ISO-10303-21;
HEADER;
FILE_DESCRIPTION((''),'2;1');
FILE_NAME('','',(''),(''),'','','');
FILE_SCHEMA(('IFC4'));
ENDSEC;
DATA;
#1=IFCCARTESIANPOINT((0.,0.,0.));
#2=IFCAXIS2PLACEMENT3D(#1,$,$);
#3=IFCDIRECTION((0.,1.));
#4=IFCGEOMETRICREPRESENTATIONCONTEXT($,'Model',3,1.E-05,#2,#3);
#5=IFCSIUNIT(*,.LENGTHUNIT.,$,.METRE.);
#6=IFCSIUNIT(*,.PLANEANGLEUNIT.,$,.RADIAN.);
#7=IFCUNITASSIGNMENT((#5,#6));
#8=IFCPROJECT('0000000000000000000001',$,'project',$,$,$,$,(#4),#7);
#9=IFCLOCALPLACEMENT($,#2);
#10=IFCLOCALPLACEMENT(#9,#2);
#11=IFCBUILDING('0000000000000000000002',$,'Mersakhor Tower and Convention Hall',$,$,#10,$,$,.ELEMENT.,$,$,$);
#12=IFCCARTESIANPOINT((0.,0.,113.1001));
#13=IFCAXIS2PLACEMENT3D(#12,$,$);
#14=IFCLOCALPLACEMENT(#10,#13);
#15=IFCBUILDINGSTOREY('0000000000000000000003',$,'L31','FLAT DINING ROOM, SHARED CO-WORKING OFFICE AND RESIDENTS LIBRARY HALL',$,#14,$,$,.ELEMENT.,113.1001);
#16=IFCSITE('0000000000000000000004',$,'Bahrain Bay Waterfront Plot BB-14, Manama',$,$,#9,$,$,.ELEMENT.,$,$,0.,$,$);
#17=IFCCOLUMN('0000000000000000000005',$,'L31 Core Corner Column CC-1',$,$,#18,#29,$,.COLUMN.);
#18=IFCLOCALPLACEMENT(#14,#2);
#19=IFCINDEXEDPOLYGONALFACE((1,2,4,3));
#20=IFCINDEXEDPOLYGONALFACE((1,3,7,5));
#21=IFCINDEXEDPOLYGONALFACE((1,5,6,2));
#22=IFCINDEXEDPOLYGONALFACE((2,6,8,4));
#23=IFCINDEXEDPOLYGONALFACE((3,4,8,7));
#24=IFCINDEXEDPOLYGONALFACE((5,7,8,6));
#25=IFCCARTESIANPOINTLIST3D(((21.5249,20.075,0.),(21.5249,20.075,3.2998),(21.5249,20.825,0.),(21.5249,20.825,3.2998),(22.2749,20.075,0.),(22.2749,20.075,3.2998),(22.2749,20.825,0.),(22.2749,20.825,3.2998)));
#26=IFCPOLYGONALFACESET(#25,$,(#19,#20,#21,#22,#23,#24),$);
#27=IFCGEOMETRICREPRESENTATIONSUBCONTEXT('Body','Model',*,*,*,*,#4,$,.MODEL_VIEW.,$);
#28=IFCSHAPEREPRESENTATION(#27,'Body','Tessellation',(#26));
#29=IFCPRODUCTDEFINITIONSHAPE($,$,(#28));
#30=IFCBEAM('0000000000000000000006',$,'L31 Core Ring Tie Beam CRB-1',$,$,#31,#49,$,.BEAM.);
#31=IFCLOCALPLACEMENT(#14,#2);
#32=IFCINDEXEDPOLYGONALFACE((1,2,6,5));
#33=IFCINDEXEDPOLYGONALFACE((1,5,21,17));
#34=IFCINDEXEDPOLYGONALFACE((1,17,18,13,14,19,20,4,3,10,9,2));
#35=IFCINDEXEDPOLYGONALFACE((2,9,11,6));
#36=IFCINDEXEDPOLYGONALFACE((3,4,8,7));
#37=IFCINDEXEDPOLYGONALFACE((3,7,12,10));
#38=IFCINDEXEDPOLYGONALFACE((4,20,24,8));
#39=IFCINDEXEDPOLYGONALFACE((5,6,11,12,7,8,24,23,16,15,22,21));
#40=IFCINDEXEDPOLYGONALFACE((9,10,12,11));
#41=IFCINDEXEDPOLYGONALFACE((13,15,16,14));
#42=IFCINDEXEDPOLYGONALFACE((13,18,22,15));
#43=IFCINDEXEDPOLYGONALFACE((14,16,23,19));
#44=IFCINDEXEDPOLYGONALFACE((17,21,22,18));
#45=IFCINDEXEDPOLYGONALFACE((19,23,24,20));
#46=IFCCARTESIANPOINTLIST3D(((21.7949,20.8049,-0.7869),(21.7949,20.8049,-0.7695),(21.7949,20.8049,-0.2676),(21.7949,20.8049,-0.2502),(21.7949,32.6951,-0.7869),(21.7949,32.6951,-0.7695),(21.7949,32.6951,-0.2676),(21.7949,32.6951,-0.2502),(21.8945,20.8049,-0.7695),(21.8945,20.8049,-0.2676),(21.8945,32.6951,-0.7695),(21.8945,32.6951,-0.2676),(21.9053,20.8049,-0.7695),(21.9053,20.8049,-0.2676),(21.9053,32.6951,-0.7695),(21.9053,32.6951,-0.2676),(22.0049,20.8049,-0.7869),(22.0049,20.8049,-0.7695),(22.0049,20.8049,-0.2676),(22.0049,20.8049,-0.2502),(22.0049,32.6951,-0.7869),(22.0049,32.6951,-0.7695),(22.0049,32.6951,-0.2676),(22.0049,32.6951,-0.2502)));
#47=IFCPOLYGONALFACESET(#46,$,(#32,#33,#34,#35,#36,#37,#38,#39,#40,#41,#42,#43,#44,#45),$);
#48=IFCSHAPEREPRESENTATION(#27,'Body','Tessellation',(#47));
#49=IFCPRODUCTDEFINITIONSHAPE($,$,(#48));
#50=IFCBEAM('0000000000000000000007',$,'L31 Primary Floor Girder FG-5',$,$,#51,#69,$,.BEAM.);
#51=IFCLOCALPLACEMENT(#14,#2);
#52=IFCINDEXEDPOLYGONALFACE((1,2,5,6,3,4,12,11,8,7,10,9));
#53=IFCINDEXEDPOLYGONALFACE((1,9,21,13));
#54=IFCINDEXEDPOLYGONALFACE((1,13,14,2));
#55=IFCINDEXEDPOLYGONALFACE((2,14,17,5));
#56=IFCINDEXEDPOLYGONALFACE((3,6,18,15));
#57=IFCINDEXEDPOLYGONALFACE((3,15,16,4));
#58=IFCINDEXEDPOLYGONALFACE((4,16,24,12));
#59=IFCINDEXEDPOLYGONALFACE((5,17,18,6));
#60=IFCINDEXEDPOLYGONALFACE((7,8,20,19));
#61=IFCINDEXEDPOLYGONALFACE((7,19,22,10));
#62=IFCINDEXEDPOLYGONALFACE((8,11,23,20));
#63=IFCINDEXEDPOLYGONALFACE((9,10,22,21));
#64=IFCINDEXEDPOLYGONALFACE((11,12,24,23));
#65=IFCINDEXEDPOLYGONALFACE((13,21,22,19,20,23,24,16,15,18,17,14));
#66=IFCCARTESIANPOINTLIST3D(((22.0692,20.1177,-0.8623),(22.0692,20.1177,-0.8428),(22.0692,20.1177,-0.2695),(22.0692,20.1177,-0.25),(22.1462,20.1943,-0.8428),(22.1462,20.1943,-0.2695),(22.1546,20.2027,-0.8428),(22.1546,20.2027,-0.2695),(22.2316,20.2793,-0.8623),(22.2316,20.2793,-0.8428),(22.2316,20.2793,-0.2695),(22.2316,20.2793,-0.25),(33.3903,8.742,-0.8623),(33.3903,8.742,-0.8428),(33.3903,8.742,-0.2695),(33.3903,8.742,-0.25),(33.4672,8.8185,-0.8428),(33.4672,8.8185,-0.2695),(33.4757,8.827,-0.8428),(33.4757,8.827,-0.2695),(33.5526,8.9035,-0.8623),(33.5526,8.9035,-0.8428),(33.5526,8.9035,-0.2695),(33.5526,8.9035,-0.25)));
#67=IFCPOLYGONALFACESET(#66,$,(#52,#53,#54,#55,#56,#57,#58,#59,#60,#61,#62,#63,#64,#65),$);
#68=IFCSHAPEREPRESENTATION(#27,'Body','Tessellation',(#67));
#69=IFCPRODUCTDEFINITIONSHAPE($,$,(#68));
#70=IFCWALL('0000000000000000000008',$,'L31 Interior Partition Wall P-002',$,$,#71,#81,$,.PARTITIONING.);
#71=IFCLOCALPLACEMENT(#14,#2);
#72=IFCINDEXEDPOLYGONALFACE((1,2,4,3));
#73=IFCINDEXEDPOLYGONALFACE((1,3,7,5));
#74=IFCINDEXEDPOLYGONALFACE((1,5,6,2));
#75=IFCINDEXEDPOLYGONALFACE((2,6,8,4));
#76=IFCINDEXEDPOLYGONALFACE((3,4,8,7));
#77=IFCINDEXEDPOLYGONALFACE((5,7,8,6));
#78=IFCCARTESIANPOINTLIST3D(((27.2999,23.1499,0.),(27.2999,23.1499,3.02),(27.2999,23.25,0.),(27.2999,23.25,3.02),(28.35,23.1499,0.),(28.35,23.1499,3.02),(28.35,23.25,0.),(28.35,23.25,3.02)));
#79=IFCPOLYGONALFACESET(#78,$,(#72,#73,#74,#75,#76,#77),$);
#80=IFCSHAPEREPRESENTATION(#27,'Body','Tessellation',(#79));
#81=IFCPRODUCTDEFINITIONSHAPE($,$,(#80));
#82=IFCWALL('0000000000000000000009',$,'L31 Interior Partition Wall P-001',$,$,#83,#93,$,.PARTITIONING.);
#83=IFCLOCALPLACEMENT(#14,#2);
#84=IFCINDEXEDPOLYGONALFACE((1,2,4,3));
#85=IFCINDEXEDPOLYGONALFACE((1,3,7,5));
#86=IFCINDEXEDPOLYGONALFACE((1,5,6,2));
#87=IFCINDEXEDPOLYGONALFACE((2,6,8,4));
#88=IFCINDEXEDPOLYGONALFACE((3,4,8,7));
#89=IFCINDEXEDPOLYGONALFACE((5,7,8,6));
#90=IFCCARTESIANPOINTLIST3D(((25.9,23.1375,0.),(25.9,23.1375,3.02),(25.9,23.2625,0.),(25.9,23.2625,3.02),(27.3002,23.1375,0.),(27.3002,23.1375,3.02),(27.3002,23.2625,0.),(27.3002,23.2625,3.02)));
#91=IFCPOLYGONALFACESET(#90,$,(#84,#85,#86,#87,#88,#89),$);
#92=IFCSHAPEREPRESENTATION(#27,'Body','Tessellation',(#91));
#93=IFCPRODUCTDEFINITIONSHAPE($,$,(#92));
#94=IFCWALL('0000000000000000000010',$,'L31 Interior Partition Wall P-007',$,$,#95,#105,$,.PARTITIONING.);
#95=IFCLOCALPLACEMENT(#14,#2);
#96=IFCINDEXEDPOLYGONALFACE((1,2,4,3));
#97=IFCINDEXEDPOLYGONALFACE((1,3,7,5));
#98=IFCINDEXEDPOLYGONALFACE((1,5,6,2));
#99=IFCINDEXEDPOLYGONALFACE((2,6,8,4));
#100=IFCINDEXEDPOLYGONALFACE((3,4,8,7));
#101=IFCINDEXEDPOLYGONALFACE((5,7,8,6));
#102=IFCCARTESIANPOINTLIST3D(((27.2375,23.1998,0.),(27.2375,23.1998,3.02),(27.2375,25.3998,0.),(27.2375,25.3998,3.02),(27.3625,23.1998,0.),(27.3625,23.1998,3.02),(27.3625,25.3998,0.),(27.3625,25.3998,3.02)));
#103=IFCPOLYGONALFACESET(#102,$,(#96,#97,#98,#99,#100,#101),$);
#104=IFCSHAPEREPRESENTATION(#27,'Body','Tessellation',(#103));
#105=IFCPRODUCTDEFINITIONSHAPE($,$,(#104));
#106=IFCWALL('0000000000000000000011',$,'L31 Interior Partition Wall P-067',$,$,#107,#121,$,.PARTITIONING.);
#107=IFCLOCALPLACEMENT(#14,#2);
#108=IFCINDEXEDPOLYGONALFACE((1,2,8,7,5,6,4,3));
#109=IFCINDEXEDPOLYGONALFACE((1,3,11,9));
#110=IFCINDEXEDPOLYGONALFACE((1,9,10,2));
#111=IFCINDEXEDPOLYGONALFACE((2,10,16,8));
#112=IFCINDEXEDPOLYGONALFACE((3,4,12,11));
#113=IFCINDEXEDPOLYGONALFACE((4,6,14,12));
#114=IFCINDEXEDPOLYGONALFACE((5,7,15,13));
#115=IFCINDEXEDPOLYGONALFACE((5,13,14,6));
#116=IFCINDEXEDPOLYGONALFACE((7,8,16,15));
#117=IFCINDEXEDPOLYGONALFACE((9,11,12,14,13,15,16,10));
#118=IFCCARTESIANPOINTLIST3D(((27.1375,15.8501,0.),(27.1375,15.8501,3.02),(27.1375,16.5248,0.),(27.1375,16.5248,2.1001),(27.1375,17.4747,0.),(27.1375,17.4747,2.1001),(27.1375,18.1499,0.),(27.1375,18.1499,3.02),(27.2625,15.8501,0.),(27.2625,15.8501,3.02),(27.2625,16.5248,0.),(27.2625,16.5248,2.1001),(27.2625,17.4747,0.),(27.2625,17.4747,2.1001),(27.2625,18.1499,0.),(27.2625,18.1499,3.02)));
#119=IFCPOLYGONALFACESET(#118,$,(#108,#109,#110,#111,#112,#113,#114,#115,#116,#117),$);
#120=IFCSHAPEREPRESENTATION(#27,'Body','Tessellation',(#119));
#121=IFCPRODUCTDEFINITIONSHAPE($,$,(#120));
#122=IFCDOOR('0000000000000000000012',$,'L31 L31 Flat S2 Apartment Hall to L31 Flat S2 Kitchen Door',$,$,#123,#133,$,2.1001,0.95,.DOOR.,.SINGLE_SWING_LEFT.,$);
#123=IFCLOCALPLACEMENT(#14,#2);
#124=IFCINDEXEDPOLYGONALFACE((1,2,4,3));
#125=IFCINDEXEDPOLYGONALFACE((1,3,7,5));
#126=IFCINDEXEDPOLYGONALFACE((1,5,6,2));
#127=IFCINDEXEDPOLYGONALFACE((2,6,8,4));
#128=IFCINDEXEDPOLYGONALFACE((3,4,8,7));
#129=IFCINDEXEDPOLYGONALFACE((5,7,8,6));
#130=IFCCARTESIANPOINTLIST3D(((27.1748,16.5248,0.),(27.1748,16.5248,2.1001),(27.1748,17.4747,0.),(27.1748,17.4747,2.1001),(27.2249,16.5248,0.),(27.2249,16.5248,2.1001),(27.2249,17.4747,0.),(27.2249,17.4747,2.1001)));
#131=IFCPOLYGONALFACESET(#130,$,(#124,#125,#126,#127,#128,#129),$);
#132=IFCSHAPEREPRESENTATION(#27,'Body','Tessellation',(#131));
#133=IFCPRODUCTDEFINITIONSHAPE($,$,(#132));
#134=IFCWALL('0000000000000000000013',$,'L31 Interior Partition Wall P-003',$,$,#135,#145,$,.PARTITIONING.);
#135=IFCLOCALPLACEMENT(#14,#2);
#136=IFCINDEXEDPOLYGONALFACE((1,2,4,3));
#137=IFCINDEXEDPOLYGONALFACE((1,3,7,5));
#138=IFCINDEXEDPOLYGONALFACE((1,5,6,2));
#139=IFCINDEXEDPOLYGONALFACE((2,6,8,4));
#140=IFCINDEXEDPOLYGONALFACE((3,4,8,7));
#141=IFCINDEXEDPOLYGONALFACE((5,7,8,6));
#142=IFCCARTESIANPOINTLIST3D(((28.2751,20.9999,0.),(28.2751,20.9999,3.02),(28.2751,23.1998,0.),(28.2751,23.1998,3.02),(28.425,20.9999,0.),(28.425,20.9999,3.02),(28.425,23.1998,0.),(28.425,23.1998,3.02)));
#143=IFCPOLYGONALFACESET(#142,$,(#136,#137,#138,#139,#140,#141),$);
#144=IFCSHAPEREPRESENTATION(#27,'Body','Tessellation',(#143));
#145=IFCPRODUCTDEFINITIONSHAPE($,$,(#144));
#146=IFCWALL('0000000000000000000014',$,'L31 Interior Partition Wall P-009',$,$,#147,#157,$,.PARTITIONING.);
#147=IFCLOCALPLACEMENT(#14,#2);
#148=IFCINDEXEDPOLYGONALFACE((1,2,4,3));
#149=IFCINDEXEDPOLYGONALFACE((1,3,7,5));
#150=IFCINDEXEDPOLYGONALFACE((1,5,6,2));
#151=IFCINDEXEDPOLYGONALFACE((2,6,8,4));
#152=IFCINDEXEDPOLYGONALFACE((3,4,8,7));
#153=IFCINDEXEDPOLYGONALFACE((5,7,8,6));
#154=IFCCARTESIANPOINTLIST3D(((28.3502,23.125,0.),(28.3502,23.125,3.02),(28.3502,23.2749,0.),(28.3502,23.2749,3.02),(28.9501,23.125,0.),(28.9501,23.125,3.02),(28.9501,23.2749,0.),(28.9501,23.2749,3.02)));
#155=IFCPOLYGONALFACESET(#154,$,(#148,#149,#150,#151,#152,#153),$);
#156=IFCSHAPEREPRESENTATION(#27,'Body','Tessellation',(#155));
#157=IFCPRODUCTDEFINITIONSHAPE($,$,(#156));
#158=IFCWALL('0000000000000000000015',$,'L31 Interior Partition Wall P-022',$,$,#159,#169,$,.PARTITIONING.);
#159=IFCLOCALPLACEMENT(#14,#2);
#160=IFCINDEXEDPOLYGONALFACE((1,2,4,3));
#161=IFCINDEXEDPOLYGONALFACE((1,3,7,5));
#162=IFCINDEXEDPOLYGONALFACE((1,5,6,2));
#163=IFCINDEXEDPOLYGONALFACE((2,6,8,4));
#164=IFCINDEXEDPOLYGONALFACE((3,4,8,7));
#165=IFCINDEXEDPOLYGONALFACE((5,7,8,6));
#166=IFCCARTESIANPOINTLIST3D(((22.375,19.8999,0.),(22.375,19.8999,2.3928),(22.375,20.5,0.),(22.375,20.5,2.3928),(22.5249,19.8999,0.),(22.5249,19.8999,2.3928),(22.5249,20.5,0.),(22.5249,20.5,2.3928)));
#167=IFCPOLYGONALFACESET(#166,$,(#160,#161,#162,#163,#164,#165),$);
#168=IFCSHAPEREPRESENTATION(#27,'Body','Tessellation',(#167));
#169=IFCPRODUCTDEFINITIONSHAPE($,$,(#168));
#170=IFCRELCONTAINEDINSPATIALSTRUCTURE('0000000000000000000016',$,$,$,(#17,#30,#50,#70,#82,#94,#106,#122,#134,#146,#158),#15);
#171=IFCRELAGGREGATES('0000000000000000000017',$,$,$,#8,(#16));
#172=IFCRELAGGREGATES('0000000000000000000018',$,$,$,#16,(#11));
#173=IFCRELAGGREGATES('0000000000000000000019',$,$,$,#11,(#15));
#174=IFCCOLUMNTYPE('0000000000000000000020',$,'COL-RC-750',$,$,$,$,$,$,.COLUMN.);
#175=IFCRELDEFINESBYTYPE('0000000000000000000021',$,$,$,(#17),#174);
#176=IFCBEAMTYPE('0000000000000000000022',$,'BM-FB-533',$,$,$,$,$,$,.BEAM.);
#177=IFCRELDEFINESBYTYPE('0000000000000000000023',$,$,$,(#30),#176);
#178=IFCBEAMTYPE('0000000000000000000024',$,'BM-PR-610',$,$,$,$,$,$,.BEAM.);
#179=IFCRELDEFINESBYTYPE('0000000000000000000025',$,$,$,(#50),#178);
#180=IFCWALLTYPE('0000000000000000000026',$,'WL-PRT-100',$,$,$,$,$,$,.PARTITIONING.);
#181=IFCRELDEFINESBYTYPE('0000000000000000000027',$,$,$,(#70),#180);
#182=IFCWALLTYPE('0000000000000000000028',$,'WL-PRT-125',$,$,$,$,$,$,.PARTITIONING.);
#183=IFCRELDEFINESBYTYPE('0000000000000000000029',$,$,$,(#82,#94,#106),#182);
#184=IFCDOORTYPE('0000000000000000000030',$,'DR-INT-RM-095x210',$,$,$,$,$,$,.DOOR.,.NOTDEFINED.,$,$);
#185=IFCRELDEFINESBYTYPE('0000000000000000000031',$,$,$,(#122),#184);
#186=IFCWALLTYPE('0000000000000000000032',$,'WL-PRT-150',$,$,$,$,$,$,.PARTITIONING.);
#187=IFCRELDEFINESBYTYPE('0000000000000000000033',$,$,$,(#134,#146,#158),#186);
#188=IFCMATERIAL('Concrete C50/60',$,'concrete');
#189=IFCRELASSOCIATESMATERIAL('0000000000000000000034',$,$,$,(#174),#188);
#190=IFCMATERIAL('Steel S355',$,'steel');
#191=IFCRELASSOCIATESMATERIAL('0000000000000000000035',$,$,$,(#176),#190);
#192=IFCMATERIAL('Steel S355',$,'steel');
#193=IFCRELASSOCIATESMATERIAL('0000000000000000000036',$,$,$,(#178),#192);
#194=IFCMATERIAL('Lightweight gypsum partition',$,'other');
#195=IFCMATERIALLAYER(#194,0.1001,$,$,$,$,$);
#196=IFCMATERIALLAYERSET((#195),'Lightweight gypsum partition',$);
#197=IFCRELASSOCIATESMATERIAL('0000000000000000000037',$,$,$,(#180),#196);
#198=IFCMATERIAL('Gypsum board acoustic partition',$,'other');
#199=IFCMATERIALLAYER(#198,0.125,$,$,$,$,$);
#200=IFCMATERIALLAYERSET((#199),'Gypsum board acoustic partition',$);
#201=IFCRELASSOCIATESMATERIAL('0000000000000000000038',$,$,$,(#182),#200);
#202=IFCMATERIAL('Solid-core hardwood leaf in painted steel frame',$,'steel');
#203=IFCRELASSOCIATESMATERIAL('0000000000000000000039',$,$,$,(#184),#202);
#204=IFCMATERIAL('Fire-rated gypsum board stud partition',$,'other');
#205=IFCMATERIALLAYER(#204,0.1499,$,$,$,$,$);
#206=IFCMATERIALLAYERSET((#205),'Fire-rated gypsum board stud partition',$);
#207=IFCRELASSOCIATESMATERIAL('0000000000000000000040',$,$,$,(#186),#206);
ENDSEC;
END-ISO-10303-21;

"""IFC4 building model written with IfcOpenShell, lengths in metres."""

from ifc_helpers import new_model, si_unit, direction, frame, frame_2d, origin, origin_2d, place, context, subcontext, project, spatial, rectangle, i_section, extrude, material, layer, layer_set, material_profile, profile_set, type_object, element, fill, save


model = new_model("IFC4")

# Units and contexts
model_context = context("Model", 3, precision=1e-05, world=origin(), true_north=direction((0.0, 1.0)))
body_context = subcontext(model_context, "Body", "Model", "MODEL_VIEW")
ifc_project = project(units=[si_unit("LENGTHUNIT", "METRE"), si_unit("PLANEANGLEUNIT", "RADIAN")], contexts=[model_context])

# Site, building, storey
site_placement = place(None, origin())
site = spatial("IfcSite", under=ifc_project, at=site_placement, Name="Bahrain Bay Waterfront Plot BB-14, Manama", CompositionType="ELEMENT", RefElevation=0.0)
building_placement = place(site_placement, origin())
building = spatial("IfcBuilding", under=site, at=building_placement, Name="Mersakhor Tower and Convention Hall", CompositionType="ELEMENT")
storey_placement = place(building_placement, frame((0.0, 0.0, 113.1001)))
storey = spatial("IfcBuildingStorey", under=building, at=storey_placement, Name="L31", Description="FLAT DINING ROOM, SHARED CO-WORKING OFFICE AND RESIDENTS LIBRARY HALL", CompositionType="ELEMENT", Elevation=113.1001)

# Column
ifc_material_1 = material(Name="Concrete C50/60", Category="concrete")
ifc_material_profile_1 = material_profile(ifc_material_1, rectangle(XDim=0.75, YDim=0.75, at=origin_2d()), Name="RC 750x750")
ifc_profile_set_1 = profile_set([ifc_material_profile_1], Name="Concrete C50/60")
column_type = type_object("IfcColumnType", Name="COL-RC-750", PredefinedType="COLUMN", material=ifc_profile_set_1)
column_placement = place(storey_placement, frame((21.8999, 20.45, 0.0), z_axis=(0.0, 0.0, 1.0), x_axis=(1.0, 0.0, 0.0)))
element("IfcColumn", 1, at=column_placement, inside=storey, type_object=column_type, Name="L31 Core Corner Column CC-1", PredefinedType="COLUMN", context=body_context, shape_type="SweptSolid", body=[
    extrude(rectangle(XDim=0.75, YDim=0.75, at=origin_2d()), origin(), (0.0, 0.0, 1.0), 3.2998),
])

# Beams
ifc_material_2 = material(Name="Steel S355", Category="steel")
ifc_material_profile_2 = material_profile(ifc_material_2, i_section(OverallWidth=0.21, OverallDepth=0.5366, WebThickness=0.0107, FlangeThickness=0.0173, at=origin_2d()), Name="UB 533x210x101")
ifc_profile_set_2 = profile_set([ifc_material_profile_2], Name="Steel S355")
beam_type_1 = type_object("IfcBeamType", Name="BM-FB-533", PredefinedType="BEAM", material=ifc_profile_set_2)
beam_1_placement = place(storey_placement, frame((21.8999, 20.8049, -0.5186), z_axis=(0.0, 1.0, 0.0), x_axis=(-1.0, 0.0, 0.0)))
element("IfcBeam", 2, at=beam_1_placement, inside=storey, type_object=beam_type_1, Name="L31 Core Ring Tie Beam CRB-1", PredefinedType="BEAM", context=body_context, shape_type="SweptSolid", body=[
    extrude(i_section(OverallWidth=0.21, OverallDepth=0.5366, WebThickness=0.0107, FlangeThickness=0.0173, at=origin_2d()), origin(), (0.0, 0.0, 1.0), 11.8901),
])
ifc_material_3 = material(Name="Steel S355", Category="steel")
ifc_material_profile_3 = material_profile(ifc_material_3, i_section(OverallWidth=0.229, OverallDepth=0.6123, WebThickness=0.012, FlangeThickness=0.0195, at=origin_2d()), Name="UB 610x229x125")
ifc_profile_set_3 = profile_set([ifc_material_profile_3], Name="Steel S355")
beam_type_2 = type_object("IfcBeamType", Name="BM-PR-610", PredefinedType="BEAM", material=ifc_profile_set_3)
beam_2_placement = place(storey_placement, frame((22.1504, 20.1985, -0.5562), z_axis=(0.705401, -0.708808, 0.0), x_axis=(0.708808, 0.705401, 0.0)))
element("IfcBeam", 3, at=beam_2_placement, inside=storey, type_object=beam_type_2, Name="L31 Primary Floor Girder FG-5", PredefinedType="BEAM", context=body_context, shape_type="SweptSolid", body=[
    extrude(i_section(OverallWidth=0.229, OverallDepth=0.6123, WebThickness=0.012, FlangeThickness=0.0195, at=origin_2d()), origin(), (0.0, 0.0, 1.0), 16.0491),
])

# Walls
ifc_material_4 = material(Name="Lightweight gypsum partition", Category="other")
ifc_layer_1 = layer(ifc_material_4, 0.1001)
ifc_layer_set_1 = layer_set([ifc_layer_1], Name="Lightweight gypsum partition")
wall_type_1 = type_object("IfcWallType", Name="WL-PRT-100", PredefinedType="PARTITIONING", material=ifc_layer_set_1)
wall_1_placement = place(storey_placement, frame((27.3, 23.2, 0.0), z_axis=(0.0, 0.0, 1.0), x_axis=(1.0, 0.0, 0.0)))
element("IfcWall", 4, at=wall_1_placement, inside=storey, type_object=wall_type_1, Name="L31 Interior Partition Wall P-002", PredefinedType="PARTITIONING", context=body_context, shape_type="SweptSolid", body=[
    extrude(rectangle(XDim=1.05, YDim=0.1001, at=frame_2d((0.5249, 0.0))), origin(), (0.0, 0.0, 1.0), 3.02),
])
ifc_material_5 = material(Name="Gypsum board acoustic partition", Category="other")
ifc_layer_2 = layer(ifc_material_5, 0.125)
ifc_layer_set_2 = layer_set([ifc_layer_2], Name="Gypsum board acoustic partition")
wall_type_2 = type_object("IfcWallType", Name="WL-PRT-125", PredefinedType="PARTITIONING", material=ifc_layer_set_2)
wall_2_placement = place(storey_placement, frame((25.8999, 23.2, 0.0), z_axis=(0.0, 0.0, 1.0), x_axis=(1.0, 0.0, 0.0)))
element("IfcWall", 5, at=wall_2_placement, inside=storey, type_object=wall_type_2, Name="L31 Interior Partition Wall P-001", PredefinedType="PARTITIONING", context=body_context, shape_type="SweptSolid", body=[
    extrude(rectangle(XDim=1.4001, YDim=0.125, at=frame_2d((0.7002, 0.0))), origin(), (0.0, 0.0, 1.0), 3.02),
])
wall_3_placement = place(storey_placement, frame((27.3, 25.3999, 0.0), z_axis=(0.0, 0.0, 1.0), x_axis=(0.0, -1.0, 0.0)))
element("IfcWall", 6, at=wall_3_placement, inside=storey, type_object=wall_type_2, Name="L31 Interior Partition Wall P-007", PredefinedType="PARTITIONING", context=body_context, shape_type="SweptSolid", body=[
    extrude(rectangle(XDim=2.2, YDim=0.125, at=frame_2d((1.1001, 0.0))), origin(), (0.0, 0.0, 1.0), 3.02),
])

# Wall, opening, door
wall_4_placement = place(storey_placement, frame((27.2, 18.1499, 0.0), z_axis=(0.0, 0.0, 1.0), x_axis=(0.0, -1.0, 0.0)))
wall_4 = element("IfcWall", 7, at=wall_4_placement, inside=storey, type_object=wall_type_2, Name="L31 Interior Partition Wall P-067", PredefinedType="PARTITIONING", context=body_context, shape_type="SweptSolid", body=[
    extrude(rectangle(XDim=2.2998, YDim=0.125, at=frame_2d((1.1499, 0.0))), origin(), (0.0, 0.0, 1.0), 3.02),
])
opening_1_placement = place(wall_4_placement, frame((0.675, 0.0, 0.0)))
opening_1 = element("IfcOpeningElement", 8, at=opening_1_placement, cuts=wall_4, PredefinedType="OPENING", context=body_context, shape_type="SweptSolid", body=[
    extrude(rectangle(XDim=0.95, YDim=2.1001, at=frame_2d((0.4751, 1.05))), frame((0.0, 0.0725, 0.0), z_axis=(0.0, -1.0, 0.0), x_axis=(1.0, 0.0, 0.0)), (0.0, 0.0, 1.0), 0.145),
])
ifc_material_6 = material(Name="Solid-core hardwood leaf in painted steel frame", Category="steel")
door_type_1 = type_object("IfcDoorType", Name="DR-INT-RM-095x210", OperationType="NOTDEFINED", PredefinedType="DOOR", material=ifc_material_6)
door_1_placement = place(opening_1_placement, origin())
door_1 = element("IfcDoor", 9, at=door_1_placement, inside=storey, type_object=door_type_1, Name="L31 L31 Flat S2 Apartment Hall to L31 Flat S2 Kitchen Door", OperationType="SINGLE_SWING_LEFT", OverallHeight=2.1001, OverallWidth=0.95, PredefinedType="DOOR", context=body_context, shape_type="SweptSolid", body=[
    extrude(rectangle(XDim=0.95, YDim=2.1001, at=frame_2d((0.4751, 1.05))), frame((0.0, 0.0249, 0.0), z_axis=(0.0, -1.0, 0.0), x_axis=(1.0, 0.0, 0.0)), (0.0, 0.0, 1.0), 0.05),
])
fill(opening_1, door_1)

# Walls
ifc_material_7 = material(Name="Fire-rated gypsum board stud partition", Category="other")
ifc_layer_3 = layer(ifc_material_7, 0.1499)
ifc_layer_set_3 = layer_set([ifc_layer_3], Name="Fire-rated gypsum board stud partition")
wall_type_3 = type_object("IfcWallType", Name="WL-PRT-150", PredefinedType="PARTITIONING", material=ifc_layer_set_3)
wall_5_placement = place(storey_placement, frame((28.3501, 23.2, 0.0), z_axis=(0.0, 0.0, 1.0), x_axis=(0.0, -1.0, 0.0)))
element("IfcWall", 10, at=wall_5_placement, inside=storey, type_object=wall_type_3, Name="L31 Interior Partition Wall P-003", PredefinedType="PARTITIONING", context=body_context, shape_type="SweptSolid", body=[
    extrude(rectangle(XDim=2.2, YDim=0.1499, at=frame_2d((1.1001, 0.0))), origin(), (0.0, 0.0, 1.0), 3.02),
])
wall_6_placement = place(storey_placement, frame((28.95, 23.2, 0.0), z_axis=(0.0, 0.0, 1.0), x_axis=(-1.0, 0.0, 0.0)))
element("IfcWall", 11, at=wall_6_placement, inside=storey, type_object=wall_type_3, Name="L31 Interior Partition Wall P-009", PredefinedType="PARTITIONING", context=body_context, shape_type="SweptSolid", body=[
    extrude(rectangle(XDim=0.5999, YDim=0.1499, at=frame_2d((0.2998, 0.0))), origin(), (0.0, 0.0, 1.0), 3.02),
])
wall_7_placement = place(storey_placement, frame((22.45, 19.8999, 0.0), z_axis=(0.0, 0.0, 1.0), x_axis=(0.0, 1.0, 0.0)))
element("IfcWall", 12, at=wall_7_placement, inside=storey, type_object=wall_type_3, Name="L31 Interior Partition Wall P-022", PredefinedType="PARTITIONING", context=body_context, shape_type="SweptSolid", body=[
    extrude(rectangle(XDim=0.6001, YDim=0.1499, at=frame_2d((0.3, 0.0))), origin(), (0.0, 0.0, 1.0), 2.3928),
])

save(model, "model.ifc")
